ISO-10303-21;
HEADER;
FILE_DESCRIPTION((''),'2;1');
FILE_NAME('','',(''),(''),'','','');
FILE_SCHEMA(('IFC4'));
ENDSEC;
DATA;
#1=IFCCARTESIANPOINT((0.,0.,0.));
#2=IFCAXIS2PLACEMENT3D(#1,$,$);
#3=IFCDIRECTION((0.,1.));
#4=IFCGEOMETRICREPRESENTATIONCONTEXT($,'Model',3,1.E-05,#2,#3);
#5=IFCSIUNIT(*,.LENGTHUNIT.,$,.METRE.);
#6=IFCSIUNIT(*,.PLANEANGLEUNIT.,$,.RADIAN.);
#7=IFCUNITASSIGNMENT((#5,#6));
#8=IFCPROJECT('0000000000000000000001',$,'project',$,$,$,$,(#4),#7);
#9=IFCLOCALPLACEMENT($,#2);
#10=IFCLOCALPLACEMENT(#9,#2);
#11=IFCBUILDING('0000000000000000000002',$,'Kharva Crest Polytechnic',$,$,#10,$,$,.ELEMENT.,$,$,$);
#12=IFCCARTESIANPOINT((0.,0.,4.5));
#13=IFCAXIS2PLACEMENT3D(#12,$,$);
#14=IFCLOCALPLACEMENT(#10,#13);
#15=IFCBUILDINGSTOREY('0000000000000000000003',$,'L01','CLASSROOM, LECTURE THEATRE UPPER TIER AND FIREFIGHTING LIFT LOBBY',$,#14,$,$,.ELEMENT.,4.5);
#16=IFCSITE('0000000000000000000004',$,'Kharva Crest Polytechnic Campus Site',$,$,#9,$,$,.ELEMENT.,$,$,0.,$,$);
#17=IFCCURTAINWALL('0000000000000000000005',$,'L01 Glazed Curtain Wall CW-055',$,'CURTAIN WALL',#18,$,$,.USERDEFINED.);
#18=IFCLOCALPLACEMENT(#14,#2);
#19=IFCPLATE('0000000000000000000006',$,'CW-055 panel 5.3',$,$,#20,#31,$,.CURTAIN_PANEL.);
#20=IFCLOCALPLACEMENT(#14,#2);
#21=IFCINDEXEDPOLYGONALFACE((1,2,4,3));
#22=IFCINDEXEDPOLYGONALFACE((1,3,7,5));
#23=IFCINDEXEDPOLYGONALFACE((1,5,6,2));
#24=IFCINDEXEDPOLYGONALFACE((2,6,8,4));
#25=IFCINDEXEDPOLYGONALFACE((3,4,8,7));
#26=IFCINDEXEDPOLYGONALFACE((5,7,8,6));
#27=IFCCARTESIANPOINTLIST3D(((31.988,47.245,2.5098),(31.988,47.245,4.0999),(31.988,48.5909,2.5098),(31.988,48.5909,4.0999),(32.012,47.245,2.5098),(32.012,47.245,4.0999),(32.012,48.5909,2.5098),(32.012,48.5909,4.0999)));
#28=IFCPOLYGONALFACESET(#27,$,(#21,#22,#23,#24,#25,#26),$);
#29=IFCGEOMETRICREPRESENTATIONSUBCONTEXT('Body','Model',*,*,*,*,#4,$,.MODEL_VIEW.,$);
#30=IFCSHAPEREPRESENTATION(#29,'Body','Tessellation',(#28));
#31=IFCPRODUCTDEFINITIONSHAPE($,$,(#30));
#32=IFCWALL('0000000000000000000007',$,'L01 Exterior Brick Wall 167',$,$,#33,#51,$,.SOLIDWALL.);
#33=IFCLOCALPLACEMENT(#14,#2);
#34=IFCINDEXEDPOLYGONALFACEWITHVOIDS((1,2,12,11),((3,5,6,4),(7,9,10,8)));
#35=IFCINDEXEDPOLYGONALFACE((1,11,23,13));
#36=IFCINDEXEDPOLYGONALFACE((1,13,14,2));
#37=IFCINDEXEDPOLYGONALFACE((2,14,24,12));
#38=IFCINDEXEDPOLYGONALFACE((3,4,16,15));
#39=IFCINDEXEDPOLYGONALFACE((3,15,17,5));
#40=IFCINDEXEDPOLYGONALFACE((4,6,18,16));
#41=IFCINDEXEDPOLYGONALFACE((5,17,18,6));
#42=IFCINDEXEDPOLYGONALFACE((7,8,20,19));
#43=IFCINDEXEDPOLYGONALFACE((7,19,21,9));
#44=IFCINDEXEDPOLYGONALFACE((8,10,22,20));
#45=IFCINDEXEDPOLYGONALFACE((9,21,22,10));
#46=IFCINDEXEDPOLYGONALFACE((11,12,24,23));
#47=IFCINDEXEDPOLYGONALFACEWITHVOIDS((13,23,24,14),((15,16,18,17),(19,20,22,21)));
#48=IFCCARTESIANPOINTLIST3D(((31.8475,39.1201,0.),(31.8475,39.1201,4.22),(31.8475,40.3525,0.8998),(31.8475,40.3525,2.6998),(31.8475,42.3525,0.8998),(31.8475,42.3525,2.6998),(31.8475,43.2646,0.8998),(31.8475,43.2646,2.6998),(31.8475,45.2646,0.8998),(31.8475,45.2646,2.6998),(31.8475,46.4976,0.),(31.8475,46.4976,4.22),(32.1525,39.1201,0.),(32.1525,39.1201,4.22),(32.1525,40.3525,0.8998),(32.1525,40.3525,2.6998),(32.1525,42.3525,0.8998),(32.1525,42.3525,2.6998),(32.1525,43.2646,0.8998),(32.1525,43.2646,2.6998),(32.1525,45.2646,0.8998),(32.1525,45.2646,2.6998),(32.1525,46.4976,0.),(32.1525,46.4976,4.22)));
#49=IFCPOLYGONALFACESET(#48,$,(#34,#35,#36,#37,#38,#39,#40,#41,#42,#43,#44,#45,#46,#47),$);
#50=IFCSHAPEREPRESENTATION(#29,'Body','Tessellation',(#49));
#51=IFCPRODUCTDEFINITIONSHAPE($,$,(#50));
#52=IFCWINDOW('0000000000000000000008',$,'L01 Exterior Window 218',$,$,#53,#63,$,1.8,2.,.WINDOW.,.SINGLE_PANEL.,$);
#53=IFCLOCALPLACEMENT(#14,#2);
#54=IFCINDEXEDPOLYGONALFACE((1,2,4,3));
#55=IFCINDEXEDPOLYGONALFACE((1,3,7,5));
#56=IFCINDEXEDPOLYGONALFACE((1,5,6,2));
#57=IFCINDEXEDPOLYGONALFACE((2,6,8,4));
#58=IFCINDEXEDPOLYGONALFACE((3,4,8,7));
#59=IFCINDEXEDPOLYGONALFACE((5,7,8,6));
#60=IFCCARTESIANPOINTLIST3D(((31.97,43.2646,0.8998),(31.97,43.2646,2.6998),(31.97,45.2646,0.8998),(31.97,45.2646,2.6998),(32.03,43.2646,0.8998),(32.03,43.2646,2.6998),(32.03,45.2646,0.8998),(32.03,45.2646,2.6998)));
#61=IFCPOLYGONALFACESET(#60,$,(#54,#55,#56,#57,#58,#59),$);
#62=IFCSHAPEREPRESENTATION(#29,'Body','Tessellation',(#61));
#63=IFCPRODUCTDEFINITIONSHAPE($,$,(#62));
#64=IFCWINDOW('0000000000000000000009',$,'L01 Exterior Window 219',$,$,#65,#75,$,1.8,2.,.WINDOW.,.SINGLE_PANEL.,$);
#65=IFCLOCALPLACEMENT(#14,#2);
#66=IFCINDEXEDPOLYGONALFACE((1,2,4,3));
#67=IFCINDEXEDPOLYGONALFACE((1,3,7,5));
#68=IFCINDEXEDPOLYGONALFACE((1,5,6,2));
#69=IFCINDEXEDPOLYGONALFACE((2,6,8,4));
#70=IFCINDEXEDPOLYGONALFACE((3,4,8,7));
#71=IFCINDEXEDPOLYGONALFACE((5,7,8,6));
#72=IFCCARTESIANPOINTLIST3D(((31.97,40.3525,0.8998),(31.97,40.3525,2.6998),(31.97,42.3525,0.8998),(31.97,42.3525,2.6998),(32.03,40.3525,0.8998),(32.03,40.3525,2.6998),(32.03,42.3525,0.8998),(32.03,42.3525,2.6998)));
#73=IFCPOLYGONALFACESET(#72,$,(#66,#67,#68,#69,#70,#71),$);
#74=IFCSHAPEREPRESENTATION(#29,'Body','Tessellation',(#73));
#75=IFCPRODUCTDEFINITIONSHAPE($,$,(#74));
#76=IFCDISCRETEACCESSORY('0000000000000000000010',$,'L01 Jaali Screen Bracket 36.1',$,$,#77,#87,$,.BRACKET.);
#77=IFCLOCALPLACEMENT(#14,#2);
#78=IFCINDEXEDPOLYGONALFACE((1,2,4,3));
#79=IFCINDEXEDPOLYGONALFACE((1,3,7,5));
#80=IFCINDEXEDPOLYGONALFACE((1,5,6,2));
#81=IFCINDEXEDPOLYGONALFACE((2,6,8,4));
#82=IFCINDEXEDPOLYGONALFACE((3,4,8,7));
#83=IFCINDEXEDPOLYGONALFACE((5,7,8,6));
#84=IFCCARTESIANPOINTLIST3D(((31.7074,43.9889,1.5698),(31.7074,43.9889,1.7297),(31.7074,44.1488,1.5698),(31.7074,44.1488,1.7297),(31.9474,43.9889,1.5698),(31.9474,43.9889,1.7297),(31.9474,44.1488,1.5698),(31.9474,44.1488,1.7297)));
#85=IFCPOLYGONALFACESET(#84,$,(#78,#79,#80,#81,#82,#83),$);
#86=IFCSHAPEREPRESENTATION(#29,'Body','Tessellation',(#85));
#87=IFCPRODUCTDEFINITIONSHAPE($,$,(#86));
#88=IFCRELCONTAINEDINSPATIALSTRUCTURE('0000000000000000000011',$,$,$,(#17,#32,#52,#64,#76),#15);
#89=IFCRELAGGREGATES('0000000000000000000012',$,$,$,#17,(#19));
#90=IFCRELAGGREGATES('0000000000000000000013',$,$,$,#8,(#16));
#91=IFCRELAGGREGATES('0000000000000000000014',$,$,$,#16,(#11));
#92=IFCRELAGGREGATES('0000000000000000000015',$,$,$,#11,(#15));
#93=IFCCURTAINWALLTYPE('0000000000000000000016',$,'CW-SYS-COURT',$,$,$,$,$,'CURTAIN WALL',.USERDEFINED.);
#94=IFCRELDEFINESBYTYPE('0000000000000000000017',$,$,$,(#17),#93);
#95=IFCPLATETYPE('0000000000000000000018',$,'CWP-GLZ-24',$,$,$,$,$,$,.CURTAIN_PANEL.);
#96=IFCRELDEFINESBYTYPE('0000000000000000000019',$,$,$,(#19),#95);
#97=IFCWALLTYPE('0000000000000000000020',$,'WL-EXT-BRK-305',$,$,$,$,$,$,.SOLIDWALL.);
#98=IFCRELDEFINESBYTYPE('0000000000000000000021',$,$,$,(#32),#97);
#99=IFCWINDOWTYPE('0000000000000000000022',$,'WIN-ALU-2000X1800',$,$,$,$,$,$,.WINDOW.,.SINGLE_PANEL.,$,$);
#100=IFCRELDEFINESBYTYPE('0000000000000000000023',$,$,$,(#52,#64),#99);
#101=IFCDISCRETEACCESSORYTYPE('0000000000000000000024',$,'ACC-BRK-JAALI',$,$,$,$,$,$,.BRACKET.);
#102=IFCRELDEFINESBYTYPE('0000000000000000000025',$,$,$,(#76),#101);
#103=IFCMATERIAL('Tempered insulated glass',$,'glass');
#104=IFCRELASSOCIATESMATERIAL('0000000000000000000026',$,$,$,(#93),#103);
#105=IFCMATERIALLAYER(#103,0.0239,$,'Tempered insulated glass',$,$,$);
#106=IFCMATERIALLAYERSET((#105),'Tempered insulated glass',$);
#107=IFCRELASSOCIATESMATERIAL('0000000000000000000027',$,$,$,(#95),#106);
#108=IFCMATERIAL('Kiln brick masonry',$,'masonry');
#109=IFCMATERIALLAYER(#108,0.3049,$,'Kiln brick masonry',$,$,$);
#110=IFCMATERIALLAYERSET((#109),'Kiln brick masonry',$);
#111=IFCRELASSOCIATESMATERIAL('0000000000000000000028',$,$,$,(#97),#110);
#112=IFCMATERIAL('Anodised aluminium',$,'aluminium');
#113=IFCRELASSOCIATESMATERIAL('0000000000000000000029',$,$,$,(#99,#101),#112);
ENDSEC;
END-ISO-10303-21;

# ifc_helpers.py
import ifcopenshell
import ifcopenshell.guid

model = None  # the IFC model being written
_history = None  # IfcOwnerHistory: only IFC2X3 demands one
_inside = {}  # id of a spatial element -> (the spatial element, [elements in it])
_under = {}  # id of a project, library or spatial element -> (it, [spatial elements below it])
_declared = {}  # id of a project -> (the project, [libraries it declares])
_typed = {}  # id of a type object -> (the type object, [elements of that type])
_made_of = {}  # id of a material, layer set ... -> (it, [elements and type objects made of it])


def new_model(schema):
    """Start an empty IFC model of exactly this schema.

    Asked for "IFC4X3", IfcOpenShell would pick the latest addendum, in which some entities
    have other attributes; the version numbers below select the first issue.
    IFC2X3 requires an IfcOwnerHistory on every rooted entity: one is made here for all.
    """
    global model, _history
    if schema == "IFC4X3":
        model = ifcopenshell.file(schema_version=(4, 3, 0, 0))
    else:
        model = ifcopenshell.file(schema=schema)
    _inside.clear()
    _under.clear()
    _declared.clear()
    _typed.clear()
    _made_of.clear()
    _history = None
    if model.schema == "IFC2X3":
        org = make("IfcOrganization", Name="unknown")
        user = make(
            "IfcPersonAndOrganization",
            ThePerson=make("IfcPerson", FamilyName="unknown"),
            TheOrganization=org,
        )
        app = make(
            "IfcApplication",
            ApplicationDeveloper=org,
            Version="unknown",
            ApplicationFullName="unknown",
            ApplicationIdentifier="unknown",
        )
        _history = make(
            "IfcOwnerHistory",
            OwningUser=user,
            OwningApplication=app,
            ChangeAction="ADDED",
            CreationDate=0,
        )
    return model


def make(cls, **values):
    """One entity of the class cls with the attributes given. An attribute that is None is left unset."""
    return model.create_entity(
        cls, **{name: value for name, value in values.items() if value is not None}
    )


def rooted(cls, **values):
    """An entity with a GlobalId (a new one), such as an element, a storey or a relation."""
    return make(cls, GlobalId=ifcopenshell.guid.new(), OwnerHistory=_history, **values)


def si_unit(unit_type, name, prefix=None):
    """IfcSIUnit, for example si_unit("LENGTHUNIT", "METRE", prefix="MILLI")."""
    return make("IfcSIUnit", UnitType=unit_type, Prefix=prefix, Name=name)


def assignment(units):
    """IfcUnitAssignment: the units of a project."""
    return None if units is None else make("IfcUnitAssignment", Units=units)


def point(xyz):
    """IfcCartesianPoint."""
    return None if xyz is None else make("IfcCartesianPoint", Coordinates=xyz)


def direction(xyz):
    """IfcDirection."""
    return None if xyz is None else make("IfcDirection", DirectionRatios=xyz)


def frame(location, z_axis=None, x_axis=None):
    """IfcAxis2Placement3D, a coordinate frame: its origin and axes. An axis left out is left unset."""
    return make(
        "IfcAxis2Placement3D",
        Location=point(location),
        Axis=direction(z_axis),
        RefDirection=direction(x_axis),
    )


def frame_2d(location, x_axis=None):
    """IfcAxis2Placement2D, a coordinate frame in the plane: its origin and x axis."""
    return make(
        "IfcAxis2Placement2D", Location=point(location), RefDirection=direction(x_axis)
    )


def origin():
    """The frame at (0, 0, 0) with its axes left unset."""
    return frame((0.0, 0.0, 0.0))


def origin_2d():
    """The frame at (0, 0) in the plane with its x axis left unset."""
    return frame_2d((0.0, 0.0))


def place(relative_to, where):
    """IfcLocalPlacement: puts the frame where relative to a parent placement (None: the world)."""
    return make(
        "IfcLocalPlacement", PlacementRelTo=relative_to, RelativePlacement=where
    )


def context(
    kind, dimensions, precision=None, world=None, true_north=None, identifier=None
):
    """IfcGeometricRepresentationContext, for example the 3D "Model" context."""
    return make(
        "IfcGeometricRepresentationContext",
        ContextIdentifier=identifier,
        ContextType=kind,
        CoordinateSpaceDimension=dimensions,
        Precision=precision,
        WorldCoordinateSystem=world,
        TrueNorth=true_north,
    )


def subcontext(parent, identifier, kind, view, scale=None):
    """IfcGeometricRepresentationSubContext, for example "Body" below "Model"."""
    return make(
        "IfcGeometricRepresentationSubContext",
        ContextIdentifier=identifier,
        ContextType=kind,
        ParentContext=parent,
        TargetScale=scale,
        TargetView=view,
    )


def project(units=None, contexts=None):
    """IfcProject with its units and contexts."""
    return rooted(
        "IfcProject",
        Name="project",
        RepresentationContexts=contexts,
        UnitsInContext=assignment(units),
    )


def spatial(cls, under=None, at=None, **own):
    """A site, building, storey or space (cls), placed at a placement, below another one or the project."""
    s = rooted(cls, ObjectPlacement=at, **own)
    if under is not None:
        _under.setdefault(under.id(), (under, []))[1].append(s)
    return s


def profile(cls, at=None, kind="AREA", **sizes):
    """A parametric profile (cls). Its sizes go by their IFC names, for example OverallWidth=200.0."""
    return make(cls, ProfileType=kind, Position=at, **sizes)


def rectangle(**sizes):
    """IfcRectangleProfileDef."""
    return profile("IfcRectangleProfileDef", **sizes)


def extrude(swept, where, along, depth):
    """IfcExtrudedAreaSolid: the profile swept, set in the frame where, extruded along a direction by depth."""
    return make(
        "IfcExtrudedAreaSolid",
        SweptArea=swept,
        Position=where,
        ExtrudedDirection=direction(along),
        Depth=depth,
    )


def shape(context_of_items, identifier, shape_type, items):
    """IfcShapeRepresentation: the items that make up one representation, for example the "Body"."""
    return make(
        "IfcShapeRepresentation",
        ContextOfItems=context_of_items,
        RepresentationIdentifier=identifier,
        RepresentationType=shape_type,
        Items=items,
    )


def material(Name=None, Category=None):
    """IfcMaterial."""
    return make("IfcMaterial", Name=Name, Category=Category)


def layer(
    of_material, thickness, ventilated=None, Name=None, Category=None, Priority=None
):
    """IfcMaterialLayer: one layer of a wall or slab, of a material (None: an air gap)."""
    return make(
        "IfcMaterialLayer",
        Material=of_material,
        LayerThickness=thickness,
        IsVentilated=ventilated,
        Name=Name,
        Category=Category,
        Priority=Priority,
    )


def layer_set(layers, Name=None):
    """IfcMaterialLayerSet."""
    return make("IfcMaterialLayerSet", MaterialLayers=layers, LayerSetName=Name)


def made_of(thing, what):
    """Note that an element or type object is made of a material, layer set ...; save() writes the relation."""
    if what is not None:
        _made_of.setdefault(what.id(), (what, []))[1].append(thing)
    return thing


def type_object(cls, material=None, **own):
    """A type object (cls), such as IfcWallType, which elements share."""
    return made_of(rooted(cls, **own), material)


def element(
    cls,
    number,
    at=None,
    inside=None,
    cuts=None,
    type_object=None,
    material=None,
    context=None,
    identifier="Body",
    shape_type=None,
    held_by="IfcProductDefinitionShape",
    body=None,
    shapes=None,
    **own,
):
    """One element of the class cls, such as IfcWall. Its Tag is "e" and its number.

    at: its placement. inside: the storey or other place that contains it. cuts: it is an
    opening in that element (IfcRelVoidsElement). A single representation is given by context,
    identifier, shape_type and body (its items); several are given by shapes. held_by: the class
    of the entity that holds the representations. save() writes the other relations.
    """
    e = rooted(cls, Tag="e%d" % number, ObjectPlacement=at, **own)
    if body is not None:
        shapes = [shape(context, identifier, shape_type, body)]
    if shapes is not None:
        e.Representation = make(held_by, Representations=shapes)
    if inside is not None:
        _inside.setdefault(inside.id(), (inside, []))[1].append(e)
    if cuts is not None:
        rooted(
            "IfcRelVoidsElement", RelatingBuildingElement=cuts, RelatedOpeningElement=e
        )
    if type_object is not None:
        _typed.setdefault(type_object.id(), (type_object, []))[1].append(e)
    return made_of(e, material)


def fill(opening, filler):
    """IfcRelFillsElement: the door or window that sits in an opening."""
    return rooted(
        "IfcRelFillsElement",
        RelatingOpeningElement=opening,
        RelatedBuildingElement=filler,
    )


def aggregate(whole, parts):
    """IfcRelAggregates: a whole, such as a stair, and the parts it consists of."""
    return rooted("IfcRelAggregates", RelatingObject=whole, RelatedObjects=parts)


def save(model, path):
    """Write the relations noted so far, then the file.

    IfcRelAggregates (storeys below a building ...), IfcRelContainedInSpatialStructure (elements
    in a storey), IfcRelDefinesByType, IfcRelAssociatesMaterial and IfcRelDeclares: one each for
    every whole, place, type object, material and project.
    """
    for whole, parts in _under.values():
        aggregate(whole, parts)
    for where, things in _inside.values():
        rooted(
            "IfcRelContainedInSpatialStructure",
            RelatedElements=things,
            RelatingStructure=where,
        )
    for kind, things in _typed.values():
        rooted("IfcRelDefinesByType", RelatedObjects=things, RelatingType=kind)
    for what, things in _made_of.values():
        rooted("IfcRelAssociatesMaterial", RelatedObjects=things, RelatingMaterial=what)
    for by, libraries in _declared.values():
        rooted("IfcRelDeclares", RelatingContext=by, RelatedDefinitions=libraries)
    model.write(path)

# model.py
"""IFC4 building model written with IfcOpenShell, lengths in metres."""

from ifc_helpers import new_model, si_unit, direction, frame, frame_2d, origin, origin_2d, place, context, subcontext, project, spatial, rectangle, extrude, material, layer, layer_set, type_object, element, fill, aggregate, save


model = new_model("IFC4")

# Units and contexts
model_context = context("Model", 3, precision=1e-05, world=origin(), true_north=direction((0.0, 1.0)))
body_context = subcontext(model_context, "Body", "Model", "MODEL_VIEW")
ifc_project = project(units=[si_unit("LENGTHUNIT", "METRE"), si_unit("PLANEANGLEUNIT", "RADIAN")], contexts=[model_context])

# Site, building, storey
site_placement = place(None, origin())
site = spatial("IfcSite", under=ifc_project, at=site_placement, Name="Kharva Crest Polytechnic Campus Site", CompositionType="ELEMENT", RefElevation=0.0)
building_placement = place(site_placement, origin())
building = spatial("IfcBuilding", under=site, at=building_placement, Name="Kharva Crest Polytechnic", CompositionType="ELEMENT")
storey_placement = place(building_placement, frame((0.0, 0.0, 4.5)))
storey = spatial("IfcBuildingStorey", under=building, at=storey_placement, Name="L01", Description="CLASSROOM, LECTURE THEATRE UPPER TIER AND FIREFIGHTING LIFT LOBBY", CompositionType="ELEMENT", Elevation=4.5)

# Curtain wall, plate
ifc_material_1 = material(Name="Tempered insulated glass", Category="glass")
curtain_wall_type = type_object("IfcCurtainWallType", Name="CW-SYS-COURT", ElementType="CURTAIN WALL", PredefinedType="USERDEFINED", material=ifc_material_1)
curtain_wall_placement = place(storey_placement, origin())
curtain_wall = element("IfcCurtainWall", 1, at=curtain_wall_placement, inside=storey, type_object=curtain_wall_type, Name="L01 Glazed Curtain Wall CW-055", ObjectType="CURTAIN WALL", PredefinedType="USERDEFINED")
ifc_layer_1 = layer(ifc_material_1, 0.0239, Name="Tempered insulated glass")
ifc_layer_set_1 = layer_set([ifc_layer_1], Name="Tempered insulated glass")
plate_type = type_object("IfcPlateType", Name="CWP-GLZ-24", PredefinedType="CURTAIN_PANEL", material=ifc_layer_set_1)
plate_1_placement = place(storey_placement, frame((32.0, 47.918, 2.5098), z_axis=(0.0, 0.0, 1.0), x_axis=(0.0, -1.0, 0.0)))
plate_1 = element("IfcPlate", 2, at=plate_1_placement, type_object=plate_type, Name="CW-055 panel 5.3", PredefinedType="CURTAIN_PANEL", context=body_context, shape_type="SweptSolid", body=[
    extrude(rectangle(XDim=1.3459, YDim=0.0239, at=origin_2d()), origin(), (0.0, 0.0, 1.0), 1.5901),
])
aggregate(curtain_wall, [plate_1])

# Wall, openings, windows
ifc_material_2 = material(Name="Kiln brick masonry", Category="masonry")
ifc_layer_2 = layer(ifc_material_2, 0.3049, Name="Kiln brick masonry")
ifc_layer_set_2 = layer_set([ifc_layer_2], Name="Kiln brick masonry")
wall_type = type_object("IfcWallType", Name="WL-EXT-BRK-305", PredefinedType="SOLIDWALL", material=ifc_layer_set_2)
wall_placement = place(storey_placement, frame((32.0, 46.4976, 0.0), z_axis=(0.0, 0.0, 1.0), x_axis=(0.0, -1.0, 0.0)))
wall = element("IfcWall", 3, at=wall_placement, inside=storey, type_object=wall_type, Name="L01 Exterior Brick Wall 167", PredefinedType="SOLIDWALL", context=body_context, shape_type="SweptSolid", body=[
    extrude(rectangle(XDim=7.3774, YDim=0.3049, at=frame_2d((3.6887, 0.0))), origin(), (0.0, 0.0, 1.0), 4.22),
])
opening_1_placement = place(wall_placement, frame((1.2329, 0.0, 0.8999)))
opening_1 = element("IfcOpeningElement", 4, at=opening_1_placement, cuts=wall, PredefinedType="OPENING", context=body_context, shape_type="SweptSolid", body=[
    extrude(rectangle(XDim=2.0, YDim=1.8, at=frame_2d((1.0, 0.8999))), frame((0.0, 0.1624, 0.0), z_axis=(0.0, -1.0, 0.0), x_axis=(1.0, 0.0, 0.0)), (0.0, 0.0, 1.0), 0.325),
])
opening_2_placement = place(wall_placement, frame((4.145, 0.0, 0.8999)))
opening_2 = element("IfcOpeningElement", 5, at=opening_2_placement, cuts=wall, PredefinedType="OPENING", context=body_context, shape_type="SweptSolid", body=[
    extrude(rectangle(XDim=2.0, YDim=1.8, at=frame_2d((1.0, 0.8999))), frame((0.0, 0.1624, 0.0), z_axis=(0.0, -1.0, 0.0), x_axis=(1.0, 0.0, 0.0)), (0.0, 0.0, 1.0), 0.325),
])
ifc_material_3 = material(Name="Anodised aluminium", Category="aluminium")
window_type = type_object("IfcWindowType", Name="WIN-ALU-2000X1800", PartitioningType="SINGLE_PANEL", PredefinedType="WINDOW", material=ifc_material_3)
window_1_placement = place(opening_1_placement, origin())
window_1 = element("IfcWindow", 6, at=window_1_placement, inside=storey, type_object=window_type, Name="L01 Exterior Window 218", OverallHeight=1.8, OverallWidth=2.0, PartitioningType="SINGLE_PANEL", PredefinedType="WINDOW", context=body_context, shape_type="SweptSolid", body=[
    extrude(rectangle(XDim=2.0, YDim=1.8, at=frame_2d((1.0, 0.8999))), frame((0.0, 0.03, 0.0), z_axis=(0.0, -1.0, 0.0), x_axis=(1.0, 0.0, 0.0)), (0.0, 0.0, 1.0), 0.0601),
])
fill(opening_1, window_1)
window_2_placement = place(opening_2_placement, origin())
window_2 = element("IfcWindow", 7, at=window_2_placement, inside=storey, type_object=window_type, Name="L01 Exterior Window 219", OverallHeight=1.8, OverallWidth=2.0, PartitioningType="SINGLE_PANEL", PredefinedType="WINDOW", context=body_context, shape_type="SweptSolid", body=[
    extrude(rectangle(XDim=2.0, YDim=1.8, at=frame_2d((1.0, 0.8999))), frame((0.0, 0.03, 0.0), z_axis=(0.0, -1.0, 0.0), x_axis=(1.0, 0.0, 0.0)), (0.0, 0.0, 1.0), 0.0601),
])
fill(opening_2, window_2)

# Discrete accessory
discrete_accessory_type = type_object("IfcDiscreteAccessoryType", Name="ACC-BRK-JAALI", PredefinedType="BRACKET", material=ifc_material_3)
discrete_accessory_placement = place(storey_placement, frame((31.8274, 44.0688, 1.5698), z_axis=(0.0, 0.0, 1.0), x_axis=(0.0, 1.0, 0.0)))
element("IfcDiscreteAccessory", 8, at=discrete_accessory_placement, inside=storey, type_object=discrete_accessory_type, Name="L01 Jaali Screen Bracket 36.1", PredefinedType="BRACKET", context=body_context, shape_type="SweptSolid", body=[
    extrude(rectangle(XDim=0.1599, YDim=0.24, at=origin_2d()), origin(), (0.0, 0.0, 1.0), 0.1599),
])

save(model, "model.ifc")
